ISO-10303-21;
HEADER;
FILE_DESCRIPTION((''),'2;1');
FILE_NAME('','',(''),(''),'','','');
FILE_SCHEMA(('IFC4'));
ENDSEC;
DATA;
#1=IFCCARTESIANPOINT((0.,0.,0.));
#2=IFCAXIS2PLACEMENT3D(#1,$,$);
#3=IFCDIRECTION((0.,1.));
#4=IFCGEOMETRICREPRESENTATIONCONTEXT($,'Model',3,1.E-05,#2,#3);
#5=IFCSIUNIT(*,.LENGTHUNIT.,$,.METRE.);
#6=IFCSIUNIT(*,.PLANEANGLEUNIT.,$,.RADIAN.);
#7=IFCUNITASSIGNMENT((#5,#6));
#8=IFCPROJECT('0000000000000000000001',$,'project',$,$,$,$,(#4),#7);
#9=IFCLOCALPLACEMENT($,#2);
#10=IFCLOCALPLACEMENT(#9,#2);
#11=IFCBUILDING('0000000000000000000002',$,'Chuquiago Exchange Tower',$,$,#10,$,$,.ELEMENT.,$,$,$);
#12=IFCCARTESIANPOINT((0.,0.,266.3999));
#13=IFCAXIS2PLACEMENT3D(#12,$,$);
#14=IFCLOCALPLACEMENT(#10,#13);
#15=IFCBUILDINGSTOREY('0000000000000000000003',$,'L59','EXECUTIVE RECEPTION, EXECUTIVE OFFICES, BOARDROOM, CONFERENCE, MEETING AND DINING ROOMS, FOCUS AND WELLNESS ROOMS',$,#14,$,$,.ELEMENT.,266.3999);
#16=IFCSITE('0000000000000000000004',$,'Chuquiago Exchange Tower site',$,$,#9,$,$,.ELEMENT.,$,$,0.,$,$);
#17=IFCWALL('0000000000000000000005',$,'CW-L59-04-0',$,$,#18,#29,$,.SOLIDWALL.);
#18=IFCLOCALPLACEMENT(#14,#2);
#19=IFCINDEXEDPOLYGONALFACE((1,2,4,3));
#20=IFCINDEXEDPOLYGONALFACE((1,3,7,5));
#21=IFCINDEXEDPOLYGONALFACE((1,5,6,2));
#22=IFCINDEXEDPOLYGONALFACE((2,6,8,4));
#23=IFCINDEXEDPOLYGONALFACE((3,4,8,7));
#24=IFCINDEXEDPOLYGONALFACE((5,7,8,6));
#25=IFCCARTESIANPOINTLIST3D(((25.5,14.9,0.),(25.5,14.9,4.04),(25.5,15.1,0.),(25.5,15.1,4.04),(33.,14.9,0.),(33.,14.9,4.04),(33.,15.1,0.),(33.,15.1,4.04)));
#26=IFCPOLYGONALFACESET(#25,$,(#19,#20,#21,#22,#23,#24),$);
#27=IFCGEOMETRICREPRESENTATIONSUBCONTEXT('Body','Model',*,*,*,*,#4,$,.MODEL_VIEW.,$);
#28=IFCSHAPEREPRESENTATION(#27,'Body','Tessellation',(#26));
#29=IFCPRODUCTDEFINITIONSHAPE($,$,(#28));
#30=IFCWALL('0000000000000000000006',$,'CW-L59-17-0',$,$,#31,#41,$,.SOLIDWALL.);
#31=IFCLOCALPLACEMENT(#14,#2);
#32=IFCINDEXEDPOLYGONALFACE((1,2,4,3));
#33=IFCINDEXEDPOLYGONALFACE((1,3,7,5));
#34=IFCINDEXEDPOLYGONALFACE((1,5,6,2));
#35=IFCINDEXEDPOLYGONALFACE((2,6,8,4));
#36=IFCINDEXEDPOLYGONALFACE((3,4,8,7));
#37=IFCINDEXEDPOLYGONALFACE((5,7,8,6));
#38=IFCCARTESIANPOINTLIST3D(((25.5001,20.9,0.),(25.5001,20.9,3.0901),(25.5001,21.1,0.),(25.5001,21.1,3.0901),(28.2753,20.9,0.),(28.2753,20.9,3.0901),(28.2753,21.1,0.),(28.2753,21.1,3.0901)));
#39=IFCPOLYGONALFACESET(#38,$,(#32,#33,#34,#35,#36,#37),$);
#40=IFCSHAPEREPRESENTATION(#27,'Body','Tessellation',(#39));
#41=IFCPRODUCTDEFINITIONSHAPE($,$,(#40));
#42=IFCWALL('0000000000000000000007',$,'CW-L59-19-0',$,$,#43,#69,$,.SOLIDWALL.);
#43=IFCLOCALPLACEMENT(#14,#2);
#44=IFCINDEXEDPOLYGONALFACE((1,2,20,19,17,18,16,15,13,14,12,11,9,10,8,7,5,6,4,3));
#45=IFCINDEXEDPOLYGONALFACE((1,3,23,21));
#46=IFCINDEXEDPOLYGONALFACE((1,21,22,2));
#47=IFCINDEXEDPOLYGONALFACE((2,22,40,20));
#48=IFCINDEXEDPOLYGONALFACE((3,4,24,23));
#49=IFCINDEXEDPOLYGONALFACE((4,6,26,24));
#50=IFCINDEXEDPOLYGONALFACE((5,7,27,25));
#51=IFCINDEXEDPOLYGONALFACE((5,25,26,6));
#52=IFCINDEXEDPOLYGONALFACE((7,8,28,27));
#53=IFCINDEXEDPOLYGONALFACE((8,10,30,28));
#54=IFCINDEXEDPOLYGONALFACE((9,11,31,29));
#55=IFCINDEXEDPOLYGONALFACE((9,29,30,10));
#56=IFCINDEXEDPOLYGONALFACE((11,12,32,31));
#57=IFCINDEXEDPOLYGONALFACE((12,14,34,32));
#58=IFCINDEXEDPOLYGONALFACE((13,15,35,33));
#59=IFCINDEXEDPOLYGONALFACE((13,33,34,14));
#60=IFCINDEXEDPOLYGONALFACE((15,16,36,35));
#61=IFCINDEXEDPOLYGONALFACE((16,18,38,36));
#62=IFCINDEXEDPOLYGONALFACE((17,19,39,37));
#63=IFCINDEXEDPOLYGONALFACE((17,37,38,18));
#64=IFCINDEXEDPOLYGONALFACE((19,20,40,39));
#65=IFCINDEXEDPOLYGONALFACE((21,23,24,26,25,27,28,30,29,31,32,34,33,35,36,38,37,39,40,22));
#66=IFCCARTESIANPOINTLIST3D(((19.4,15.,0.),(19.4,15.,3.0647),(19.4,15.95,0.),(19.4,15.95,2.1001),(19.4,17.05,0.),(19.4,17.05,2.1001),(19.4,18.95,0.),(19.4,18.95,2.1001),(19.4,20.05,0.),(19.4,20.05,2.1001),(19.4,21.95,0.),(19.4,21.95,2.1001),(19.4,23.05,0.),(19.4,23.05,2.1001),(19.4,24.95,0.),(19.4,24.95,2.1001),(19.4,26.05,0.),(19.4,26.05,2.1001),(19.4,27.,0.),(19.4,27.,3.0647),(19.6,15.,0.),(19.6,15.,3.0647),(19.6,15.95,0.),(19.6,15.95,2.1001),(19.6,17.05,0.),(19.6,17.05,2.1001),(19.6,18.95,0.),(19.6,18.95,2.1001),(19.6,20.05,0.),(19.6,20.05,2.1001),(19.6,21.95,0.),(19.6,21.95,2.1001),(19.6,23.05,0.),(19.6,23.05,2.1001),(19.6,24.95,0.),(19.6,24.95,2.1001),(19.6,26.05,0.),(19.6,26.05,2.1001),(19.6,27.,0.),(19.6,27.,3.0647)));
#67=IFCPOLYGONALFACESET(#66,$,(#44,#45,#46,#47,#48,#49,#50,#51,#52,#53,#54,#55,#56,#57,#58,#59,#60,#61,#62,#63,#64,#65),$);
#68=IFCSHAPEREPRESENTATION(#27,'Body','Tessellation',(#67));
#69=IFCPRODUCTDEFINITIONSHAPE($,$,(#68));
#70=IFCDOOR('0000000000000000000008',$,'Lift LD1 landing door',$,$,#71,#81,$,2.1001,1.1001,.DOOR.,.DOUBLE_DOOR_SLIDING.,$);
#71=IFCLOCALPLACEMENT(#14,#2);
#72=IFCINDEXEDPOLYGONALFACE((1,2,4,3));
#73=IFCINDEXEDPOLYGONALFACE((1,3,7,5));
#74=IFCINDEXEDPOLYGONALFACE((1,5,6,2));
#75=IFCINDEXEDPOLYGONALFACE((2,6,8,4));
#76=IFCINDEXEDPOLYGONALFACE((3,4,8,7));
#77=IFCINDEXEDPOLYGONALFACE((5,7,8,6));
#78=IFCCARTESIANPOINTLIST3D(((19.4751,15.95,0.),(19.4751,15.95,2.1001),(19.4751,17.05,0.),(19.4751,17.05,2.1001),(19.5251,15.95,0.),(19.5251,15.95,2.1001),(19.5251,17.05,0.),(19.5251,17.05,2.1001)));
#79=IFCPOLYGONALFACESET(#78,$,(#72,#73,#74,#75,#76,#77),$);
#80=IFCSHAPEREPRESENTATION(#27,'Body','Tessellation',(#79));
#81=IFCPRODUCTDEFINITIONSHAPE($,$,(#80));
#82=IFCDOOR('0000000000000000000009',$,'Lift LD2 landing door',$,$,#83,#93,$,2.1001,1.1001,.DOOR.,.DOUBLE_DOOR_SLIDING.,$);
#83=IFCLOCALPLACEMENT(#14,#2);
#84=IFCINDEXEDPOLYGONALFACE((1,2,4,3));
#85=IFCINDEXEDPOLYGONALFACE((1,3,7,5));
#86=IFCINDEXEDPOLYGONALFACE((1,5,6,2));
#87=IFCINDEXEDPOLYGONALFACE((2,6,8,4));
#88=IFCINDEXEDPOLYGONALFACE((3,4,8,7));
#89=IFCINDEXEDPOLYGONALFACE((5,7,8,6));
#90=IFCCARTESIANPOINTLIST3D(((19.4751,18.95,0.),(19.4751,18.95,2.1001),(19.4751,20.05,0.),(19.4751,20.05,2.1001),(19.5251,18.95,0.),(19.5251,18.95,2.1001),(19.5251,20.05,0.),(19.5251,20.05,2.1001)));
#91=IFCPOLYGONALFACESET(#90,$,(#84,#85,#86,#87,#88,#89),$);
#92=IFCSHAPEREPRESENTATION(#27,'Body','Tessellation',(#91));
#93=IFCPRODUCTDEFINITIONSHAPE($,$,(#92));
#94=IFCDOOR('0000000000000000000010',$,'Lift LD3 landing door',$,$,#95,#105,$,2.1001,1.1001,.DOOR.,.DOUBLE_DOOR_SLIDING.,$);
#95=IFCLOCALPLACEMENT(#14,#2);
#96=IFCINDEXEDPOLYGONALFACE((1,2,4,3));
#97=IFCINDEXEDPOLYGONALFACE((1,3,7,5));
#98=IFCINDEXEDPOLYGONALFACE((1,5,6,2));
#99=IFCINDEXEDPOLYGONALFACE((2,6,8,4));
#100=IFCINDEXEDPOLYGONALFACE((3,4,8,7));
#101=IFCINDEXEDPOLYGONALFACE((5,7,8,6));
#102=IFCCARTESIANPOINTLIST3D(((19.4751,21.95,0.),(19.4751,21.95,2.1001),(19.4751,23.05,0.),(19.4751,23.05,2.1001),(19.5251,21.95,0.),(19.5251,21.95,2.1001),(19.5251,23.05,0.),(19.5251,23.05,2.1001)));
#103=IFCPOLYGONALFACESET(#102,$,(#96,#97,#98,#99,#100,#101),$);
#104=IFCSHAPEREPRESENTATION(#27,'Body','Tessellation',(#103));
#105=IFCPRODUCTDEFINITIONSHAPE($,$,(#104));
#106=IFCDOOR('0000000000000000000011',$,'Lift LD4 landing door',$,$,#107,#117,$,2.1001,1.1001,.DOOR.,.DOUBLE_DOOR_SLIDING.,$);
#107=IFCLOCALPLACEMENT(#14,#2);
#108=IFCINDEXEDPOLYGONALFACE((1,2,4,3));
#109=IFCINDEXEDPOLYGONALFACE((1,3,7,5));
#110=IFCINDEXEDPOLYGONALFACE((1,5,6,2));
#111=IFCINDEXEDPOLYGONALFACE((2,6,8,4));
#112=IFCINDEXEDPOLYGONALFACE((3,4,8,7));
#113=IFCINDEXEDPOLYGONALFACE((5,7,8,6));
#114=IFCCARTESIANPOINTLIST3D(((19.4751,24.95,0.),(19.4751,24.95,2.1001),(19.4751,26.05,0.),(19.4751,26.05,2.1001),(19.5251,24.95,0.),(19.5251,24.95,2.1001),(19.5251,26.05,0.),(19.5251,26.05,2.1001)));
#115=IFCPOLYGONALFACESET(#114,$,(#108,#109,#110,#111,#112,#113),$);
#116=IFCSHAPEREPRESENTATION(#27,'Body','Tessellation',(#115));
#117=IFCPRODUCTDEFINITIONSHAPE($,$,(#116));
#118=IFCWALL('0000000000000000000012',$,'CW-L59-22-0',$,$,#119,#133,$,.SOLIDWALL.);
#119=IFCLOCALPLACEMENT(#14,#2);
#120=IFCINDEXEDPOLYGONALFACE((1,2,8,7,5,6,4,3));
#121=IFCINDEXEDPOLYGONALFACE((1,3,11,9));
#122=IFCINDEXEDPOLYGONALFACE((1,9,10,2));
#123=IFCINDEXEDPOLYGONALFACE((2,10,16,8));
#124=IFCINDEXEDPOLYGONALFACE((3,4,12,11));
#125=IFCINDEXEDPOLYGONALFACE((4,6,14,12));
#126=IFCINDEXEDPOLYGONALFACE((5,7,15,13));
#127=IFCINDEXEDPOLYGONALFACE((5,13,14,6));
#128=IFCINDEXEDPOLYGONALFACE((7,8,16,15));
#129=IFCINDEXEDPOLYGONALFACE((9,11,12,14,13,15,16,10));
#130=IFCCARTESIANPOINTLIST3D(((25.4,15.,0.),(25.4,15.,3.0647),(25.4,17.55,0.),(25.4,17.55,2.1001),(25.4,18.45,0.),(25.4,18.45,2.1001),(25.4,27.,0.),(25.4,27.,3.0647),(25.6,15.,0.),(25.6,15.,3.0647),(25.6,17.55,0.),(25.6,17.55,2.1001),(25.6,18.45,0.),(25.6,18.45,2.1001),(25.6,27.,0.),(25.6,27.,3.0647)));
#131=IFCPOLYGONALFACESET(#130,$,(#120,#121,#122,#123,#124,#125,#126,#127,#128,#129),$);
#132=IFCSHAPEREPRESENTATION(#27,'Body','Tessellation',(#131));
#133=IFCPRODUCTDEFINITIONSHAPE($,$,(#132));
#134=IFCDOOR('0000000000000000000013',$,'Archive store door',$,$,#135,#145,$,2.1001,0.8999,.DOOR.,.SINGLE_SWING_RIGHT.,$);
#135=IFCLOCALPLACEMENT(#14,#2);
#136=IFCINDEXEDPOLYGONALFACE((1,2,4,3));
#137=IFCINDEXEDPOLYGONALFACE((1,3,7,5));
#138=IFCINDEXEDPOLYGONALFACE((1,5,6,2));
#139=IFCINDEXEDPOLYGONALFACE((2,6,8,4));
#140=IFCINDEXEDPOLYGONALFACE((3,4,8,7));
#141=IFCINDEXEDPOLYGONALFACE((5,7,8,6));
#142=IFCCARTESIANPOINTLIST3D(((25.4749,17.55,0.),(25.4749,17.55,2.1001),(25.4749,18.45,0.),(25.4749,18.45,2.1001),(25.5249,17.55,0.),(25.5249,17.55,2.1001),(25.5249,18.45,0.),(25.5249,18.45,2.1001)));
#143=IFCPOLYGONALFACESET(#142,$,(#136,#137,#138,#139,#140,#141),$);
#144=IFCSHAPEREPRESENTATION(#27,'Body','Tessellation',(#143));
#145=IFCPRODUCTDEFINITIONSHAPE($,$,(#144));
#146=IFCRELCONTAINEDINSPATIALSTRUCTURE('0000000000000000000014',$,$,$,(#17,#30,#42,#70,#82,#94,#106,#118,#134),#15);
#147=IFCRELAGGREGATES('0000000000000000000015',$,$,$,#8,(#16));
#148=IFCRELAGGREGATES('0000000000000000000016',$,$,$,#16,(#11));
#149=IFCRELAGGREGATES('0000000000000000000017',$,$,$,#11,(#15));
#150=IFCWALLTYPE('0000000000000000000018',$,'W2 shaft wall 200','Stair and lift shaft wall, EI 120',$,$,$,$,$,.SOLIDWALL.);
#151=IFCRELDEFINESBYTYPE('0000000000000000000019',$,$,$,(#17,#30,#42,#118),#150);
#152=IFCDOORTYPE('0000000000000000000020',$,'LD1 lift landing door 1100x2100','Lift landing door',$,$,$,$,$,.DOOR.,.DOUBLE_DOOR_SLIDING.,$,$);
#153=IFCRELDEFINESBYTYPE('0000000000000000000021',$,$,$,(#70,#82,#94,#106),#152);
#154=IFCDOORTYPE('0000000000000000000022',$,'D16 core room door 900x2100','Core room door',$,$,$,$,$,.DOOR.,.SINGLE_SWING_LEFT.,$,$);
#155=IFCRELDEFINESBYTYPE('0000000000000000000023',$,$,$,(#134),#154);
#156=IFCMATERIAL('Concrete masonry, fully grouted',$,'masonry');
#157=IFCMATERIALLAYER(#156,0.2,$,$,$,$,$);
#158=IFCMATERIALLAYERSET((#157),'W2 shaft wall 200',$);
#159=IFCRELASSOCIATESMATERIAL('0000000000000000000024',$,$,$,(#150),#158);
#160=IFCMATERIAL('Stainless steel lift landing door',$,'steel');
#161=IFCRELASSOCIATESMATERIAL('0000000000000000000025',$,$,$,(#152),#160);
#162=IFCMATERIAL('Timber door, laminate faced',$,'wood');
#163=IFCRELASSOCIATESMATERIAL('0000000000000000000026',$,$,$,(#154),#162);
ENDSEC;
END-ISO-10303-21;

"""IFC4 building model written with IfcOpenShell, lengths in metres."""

from ifc_helpers import new_model, si_unit, direction, frame, frame_2d, origin, place, context, subcontext, project, spatial, rectangle, extrude, material, layer, layer_set, type_object, element, fill, save


model = new_model("IFC4")

# Units and contexts
model_context = context("Model", 3, precision=1e-05, world=origin(), true_north=direction((0.0, 1.0)))
body_context = subcontext(model_context, "Body", "Model", "MODEL_VIEW")
ifc_project = project(units=[si_unit("LENGTHUNIT", "METRE"), si_unit("PLANEANGLEUNIT", "RADIAN")], contexts=[model_context])

# Site, building, storey
site_placement = place(None, origin())
site = spatial("IfcSite", under=ifc_project, at=site_placement, Name="Chuquiago Exchange Tower site", CompositionType="ELEMENT", RefElevation=0.0)
building_placement = place(site_placement, origin())
building = spatial("IfcBuilding", under=site, at=building_placement, Name="Chuquiago Exchange Tower", CompositionType="ELEMENT")
storey_placement = place(building_placement, frame((0.0, 0.0, 266.3999)))
storey = spatial("IfcBuildingStorey", under=building, at=storey_placement, Name="L59", Description="EXECUTIVE RECEPTION, EXECUTIVE OFFICES, BOARDROOM, CONFERENCE, MEETING AND DINING ROOMS, FOCUS AND WELLNESS ROOMS", CompositionType="ELEMENT", Elevation=266.3999)

# Walls
ifc_material_1 = material(Name="Concrete masonry, fully grouted", Category="masonry")
ifc_layer_1 = layer(ifc_material_1, 0.2)
ifc_layer_set_1 = layer_set([ifc_layer_1], Name="W2 shaft wall 200")
wall_type_1 = type_object("IfcWallType", Name="W2 shaft wall 200", Description="Stair and lift shaft wall, EI 120", PredefinedType="SOLIDWALL", material=ifc_layer_set_1)
wall_1_placement = place(storey_placement, frame((25.5, 15.0, 0.0), z_axis=(0.0, 0.0, 1.0), x_axis=(1.0, 0.0, 0.0)))
element("IfcWall", 1, at=wall_1_placement, inside=storey, type_object=wall_type_1, Name="CW-L59-04-0", PredefinedType="SOLIDWALL", context=body_context, shape_type="SweptSolid", body=[
    extrude(rectangle(XDim=7.5, YDim=0.2, at=frame_2d((3.75, 0.0))), origin(), (0.0, 0.0, 1.0), 4.04),
])
wall_2_placement = place(storey_placement, frame((25.5, 21.0, 0.0), z_axis=(0.0, 0.0, 1.0), x_axis=(1.0, 0.0, 0.0)))
element("IfcWall", 2, at=wall_2_placement, inside=storey, type_object=wall_type_1, Name="CW-L59-17-0", PredefinedType="SOLIDWALL", context=body_context, shape_type="SweptSolid", body=[
    extrude(rectangle(XDim=2.7751, YDim=0.2, at=frame_2d((1.3877, 0.0))), origin(), (0.0, 0.0, 1.0), 3.0901),
])

# Wall, openings, doors
wall_3_placement = place(storey_placement, frame((19.5, 15.0, 0.0), z_axis=(0.0, 0.0, 1.0), x_axis=(0.0, 1.0, 0.0)))
wall_3 = element("IfcWall", 3, at=wall_3_placement, inside=storey, type_object=wall_type_1, Name="CW-L59-19-0", PredefinedType="SOLIDWALL", context=body_context, shape_type="SweptSolid", body=[
    extrude(rectangle(XDim=12.0, YDim=0.2, at=frame_2d((6.0, 0.0))), origin(), (0.0, 0.0, 1.0), 3.0647),
])
opening_1_placement = place(wall_3_placement, frame((0.95, 0.0, 0.0)))
opening_1 = element("IfcOpeningElement", 4, at=opening_1_placement, cuts=wall_3, PredefinedType="OPENING", context=body_context, shape_type="SweptSolid", body=[
    extrude(rectangle(XDim=1.1001, YDim=2.1001, at=frame_2d((0.55, 1.05))), frame((0.0, 0.1099, 0.0), z_axis=(0.0, -1.0, 0.0), x_axis=(1.0, 0.0, 0.0)), (0.0, 0.0, 1.0), 0.22),
])
opening_2_placement = place(wall_3_placement, frame((3.95, 0.0, 0.0)))
opening_2 = element("IfcOpeningElement", 5, at=opening_2_placement, cuts=wall_3, PredefinedType="OPENING", context=body_context, shape_type="SweptSolid", body=[
    extrude(rectangle(XDim=1.1001, YDim=2.1001, at=frame_2d((0.55, 1.05))), frame((0.0, 0.1099, 0.0), z_axis=(0.0, -1.0, 0.0), x_axis=(1.0, 0.0, 0.0)), (0.0, 0.0, 1.0), 0.22),
])
opening_3_placement = place(wall_3_placement, frame((6.95, 0.0, 0.0)))
opening_3 = element("IfcOpeningElement", 6, at=opening_3_placement, cuts=wall_3, PredefinedType="OPENING", context=body_context, shape_type="SweptSolid", body=[
    extrude(rectangle(XDim=1.1001, YDim=2.1001, at=frame_2d((0.55, 1.05))), frame((0.0, 0.1099, 0.0), z_axis=(0.0, -1.0, 0.0), x_axis=(1.0, 0.0, 0.0)), (0.0, 0.0, 1.0), 0.22),
])
opening_4_placement = place(wall_3_placement, frame((9.95, 0.0, 0.0)))
opening_4 = element("IfcOpeningElement", 7, at=opening_4_placement, cuts=wall_3, PredefinedType="OPENING", context=body_context, shape_type="SweptSolid", body=[
    extrude(rectangle(XDim=1.1001, YDim=2.1001, at=frame_2d((0.55, 1.05))), frame((0.0, 0.1099, 0.0), z_axis=(0.0, -1.0, 0.0), x_axis=(1.0, 0.0, 0.0)), (0.0, 0.0, 1.0), 0.22),
])
ifc_material_2 = material(Name="Stainless steel lift landing door", Category="steel")
door_type_1 = type_object("IfcDoorType", Name="LD1 lift landing door 1100x2100", Description="Lift landing door", OperationType="DOUBLE_DOOR_SLIDING", PredefinedType="DOOR", material=ifc_material_2)
door_1_placement = place(opening_1_placement, origin())
door_1 = element("IfcDoor", 8, at=door_1_placement, inside=storey, type_object=door_type_1, Name="Lift LD1 landing door", OperationType="DOUBLE_DOOR_SLIDING", OverallHeight=2.1001, OverallWidth=1.1001, PredefinedType="DOOR", context=body_context, shape_type="SweptSolid", body=[
    extrude(rectangle(XDim=1.1001, YDim=2.1001, at=frame_2d((0.55, 1.05))), frame((0.0, 0.0249, 0.0), z_axis=(0.0, -1.0, 0.0), x_axis=(1.0, 0.0, 0.0)), (0.0, 0.0, 1.0), 0.05),
])
fill(opening_1, door_1)
door_2_placement = place(opening_2_placement, origin())
door_2 = element("IfcDoor", 9, at=door_2_placement, inside=storey, type_object=door_type_1, Name="Lift LD2 landing door", OperationType="DOUBLE_DOOR_SLIDING", OverallHeight=2.1001, OverallWidth=1.1001, PredefinedType="DOOR", context=body_context, shape_type="SweptSolid", body=[
    extrude(rectangle(XDim=1.1001, YDim=2.1001, at=frame_2d((0.55, 1.05))), frame((0.0, 0.0249, 0.0), z_axis=(0.0, -1.0, 0.0), x_axis=(1.0, 0.0, 0.0)), (0.0, 0.0, 1.0), 0.05),
])
fill(opening_2, door_2)
door_3_placement = place(opening_3_placement, origin())
door_3 = element("IfcDoor", 10, at=door_3_placement, inside=storey, type_object=door_type_1, Name="Lift LD3 landing door", OperationType="DOUBLE_DOOR_SLIDING", OverallHeight=2.1001, OverallWidth=1.1001, PredefinedType="DOOR", context=body_context, shape_type="SweptSolid", body=[
    extrude(rectangle(XDim=1.1001, YDim=2.1001, at=frame_2d((0.55, 1.05))), frame((0.0, 0.0249, 0.0), z_axis=(0.0, -1.0, 0.0), x_axis=(1.0, 0.0, 0.0)), (0.0, 0.0, 1.0), 0.05),
])
fill(opening_3, door_3)
door_4_placement = place(opening_4_placement, origin())
door_4 = element("IfcDoor", 11, at=door_4_placement, inside=storey, type_object=door_type_1, Name="Lift LD4 landing door", OperationType="DOUBLE_DOOR_SLIDING", OverallHeight=2.1001, OverallWidth=1.1001, PredefinedType="DOOR", context=body_context, shape_type="SweptSolid", body=[
    extrude(rectangle(XDim=1.1001, YDim=2.1001, at=frame_2d((0.55, 1.05))), frame((0.0, 0.0249, 0.0), z_axis=(0.0, -1.0, 0.0), x_axis=(1.0, 0.0, 0.0)), (0.0, 0.0, 1.0), 0.05),
])
fill(opening_4, door_4)

# Wall, opening, door
wall_4_placement = place(storey_placement, frame((25.5, 15.0, 0.0), z_axis=(0.0, 0.0, 1.0), x_axis=(0.0, 1.0, 0.0)))
wall_4 = element("IfcWall", 12, at=wall_4_placement, inside=storey, type_object=wall_type_1, Name="CW-L59-22-0", PredefinedType="SOLIDWALL", context=body_context, shape_type="SweptSolid", body=[
    extrude(rectangle(XDim=12.0, YDim=0.2, at=frame_2d((6.0, 0.0))), origin(), (0.0, 0.0, 1.0), 3.0647),
])
opening_5_placement = place(wall_4_placement, frame((2.55, 0.0, 0.0)))
opening_5 = element("IfcOpeningElement", 13, at=opening_5_placement, cuts=wall_4, PredefinedType="OPENING", context=body_context, shape_type="SweptSolid", body=[
    extrude(rectangle(XDim=0.8999, YDim=2.1001, at=frame_2d((0.45, 1.05))), frame((0.0, 0.1099, 0.0), z_axis=(0.0, -1.0, 0.0), x_axis=(1.0, 0.0, 0.0)), (0.0, 0.0, 1.0), 0.22),
])
ifc_material_3 = material(Name="Timber door, laminate faced", Category="wood")
door_type_2 = type_object("IfcDoorType", Name="D16 core room door 900x2100", Description="Core room door", OperationType="SINGLE_SWING_LEFT", PredefinedType="DOOR", material=ifc_material_3)
door_5_placement = place(opening_5_placement, frame((0.8999, 0.0, 0.0), z_axis=(0.0, 0.0, 1.0), x_axis=(-1.0, 0.0, 0.0)))
door_5 = element("IfcDoor", 14, at=door_5_placement, inside=storey, type_object=door_type_2, Name="Archive store door", OperationType="SINGLE_SWING_RIGHT", OverallHeight=2.1001, OverallWidth=0.8999, PredefinedType="DOOR", context=body_context, shape_type="SweptSolid", body=[
    extrude(rectangle(XDim=0.8999, YDim=2.1001, at=frame_2d((0.45, 1.05))), frame((0.0, 0.0249, 0.0), z_axis=(0.0, -1.0, 0.0), x_axis=(1.0, 0.0, 0.0)), (0.0, 0.0, 1.0), 0.05),
])
fill(opening_5, door_5)

save(model, "model.ifc")
